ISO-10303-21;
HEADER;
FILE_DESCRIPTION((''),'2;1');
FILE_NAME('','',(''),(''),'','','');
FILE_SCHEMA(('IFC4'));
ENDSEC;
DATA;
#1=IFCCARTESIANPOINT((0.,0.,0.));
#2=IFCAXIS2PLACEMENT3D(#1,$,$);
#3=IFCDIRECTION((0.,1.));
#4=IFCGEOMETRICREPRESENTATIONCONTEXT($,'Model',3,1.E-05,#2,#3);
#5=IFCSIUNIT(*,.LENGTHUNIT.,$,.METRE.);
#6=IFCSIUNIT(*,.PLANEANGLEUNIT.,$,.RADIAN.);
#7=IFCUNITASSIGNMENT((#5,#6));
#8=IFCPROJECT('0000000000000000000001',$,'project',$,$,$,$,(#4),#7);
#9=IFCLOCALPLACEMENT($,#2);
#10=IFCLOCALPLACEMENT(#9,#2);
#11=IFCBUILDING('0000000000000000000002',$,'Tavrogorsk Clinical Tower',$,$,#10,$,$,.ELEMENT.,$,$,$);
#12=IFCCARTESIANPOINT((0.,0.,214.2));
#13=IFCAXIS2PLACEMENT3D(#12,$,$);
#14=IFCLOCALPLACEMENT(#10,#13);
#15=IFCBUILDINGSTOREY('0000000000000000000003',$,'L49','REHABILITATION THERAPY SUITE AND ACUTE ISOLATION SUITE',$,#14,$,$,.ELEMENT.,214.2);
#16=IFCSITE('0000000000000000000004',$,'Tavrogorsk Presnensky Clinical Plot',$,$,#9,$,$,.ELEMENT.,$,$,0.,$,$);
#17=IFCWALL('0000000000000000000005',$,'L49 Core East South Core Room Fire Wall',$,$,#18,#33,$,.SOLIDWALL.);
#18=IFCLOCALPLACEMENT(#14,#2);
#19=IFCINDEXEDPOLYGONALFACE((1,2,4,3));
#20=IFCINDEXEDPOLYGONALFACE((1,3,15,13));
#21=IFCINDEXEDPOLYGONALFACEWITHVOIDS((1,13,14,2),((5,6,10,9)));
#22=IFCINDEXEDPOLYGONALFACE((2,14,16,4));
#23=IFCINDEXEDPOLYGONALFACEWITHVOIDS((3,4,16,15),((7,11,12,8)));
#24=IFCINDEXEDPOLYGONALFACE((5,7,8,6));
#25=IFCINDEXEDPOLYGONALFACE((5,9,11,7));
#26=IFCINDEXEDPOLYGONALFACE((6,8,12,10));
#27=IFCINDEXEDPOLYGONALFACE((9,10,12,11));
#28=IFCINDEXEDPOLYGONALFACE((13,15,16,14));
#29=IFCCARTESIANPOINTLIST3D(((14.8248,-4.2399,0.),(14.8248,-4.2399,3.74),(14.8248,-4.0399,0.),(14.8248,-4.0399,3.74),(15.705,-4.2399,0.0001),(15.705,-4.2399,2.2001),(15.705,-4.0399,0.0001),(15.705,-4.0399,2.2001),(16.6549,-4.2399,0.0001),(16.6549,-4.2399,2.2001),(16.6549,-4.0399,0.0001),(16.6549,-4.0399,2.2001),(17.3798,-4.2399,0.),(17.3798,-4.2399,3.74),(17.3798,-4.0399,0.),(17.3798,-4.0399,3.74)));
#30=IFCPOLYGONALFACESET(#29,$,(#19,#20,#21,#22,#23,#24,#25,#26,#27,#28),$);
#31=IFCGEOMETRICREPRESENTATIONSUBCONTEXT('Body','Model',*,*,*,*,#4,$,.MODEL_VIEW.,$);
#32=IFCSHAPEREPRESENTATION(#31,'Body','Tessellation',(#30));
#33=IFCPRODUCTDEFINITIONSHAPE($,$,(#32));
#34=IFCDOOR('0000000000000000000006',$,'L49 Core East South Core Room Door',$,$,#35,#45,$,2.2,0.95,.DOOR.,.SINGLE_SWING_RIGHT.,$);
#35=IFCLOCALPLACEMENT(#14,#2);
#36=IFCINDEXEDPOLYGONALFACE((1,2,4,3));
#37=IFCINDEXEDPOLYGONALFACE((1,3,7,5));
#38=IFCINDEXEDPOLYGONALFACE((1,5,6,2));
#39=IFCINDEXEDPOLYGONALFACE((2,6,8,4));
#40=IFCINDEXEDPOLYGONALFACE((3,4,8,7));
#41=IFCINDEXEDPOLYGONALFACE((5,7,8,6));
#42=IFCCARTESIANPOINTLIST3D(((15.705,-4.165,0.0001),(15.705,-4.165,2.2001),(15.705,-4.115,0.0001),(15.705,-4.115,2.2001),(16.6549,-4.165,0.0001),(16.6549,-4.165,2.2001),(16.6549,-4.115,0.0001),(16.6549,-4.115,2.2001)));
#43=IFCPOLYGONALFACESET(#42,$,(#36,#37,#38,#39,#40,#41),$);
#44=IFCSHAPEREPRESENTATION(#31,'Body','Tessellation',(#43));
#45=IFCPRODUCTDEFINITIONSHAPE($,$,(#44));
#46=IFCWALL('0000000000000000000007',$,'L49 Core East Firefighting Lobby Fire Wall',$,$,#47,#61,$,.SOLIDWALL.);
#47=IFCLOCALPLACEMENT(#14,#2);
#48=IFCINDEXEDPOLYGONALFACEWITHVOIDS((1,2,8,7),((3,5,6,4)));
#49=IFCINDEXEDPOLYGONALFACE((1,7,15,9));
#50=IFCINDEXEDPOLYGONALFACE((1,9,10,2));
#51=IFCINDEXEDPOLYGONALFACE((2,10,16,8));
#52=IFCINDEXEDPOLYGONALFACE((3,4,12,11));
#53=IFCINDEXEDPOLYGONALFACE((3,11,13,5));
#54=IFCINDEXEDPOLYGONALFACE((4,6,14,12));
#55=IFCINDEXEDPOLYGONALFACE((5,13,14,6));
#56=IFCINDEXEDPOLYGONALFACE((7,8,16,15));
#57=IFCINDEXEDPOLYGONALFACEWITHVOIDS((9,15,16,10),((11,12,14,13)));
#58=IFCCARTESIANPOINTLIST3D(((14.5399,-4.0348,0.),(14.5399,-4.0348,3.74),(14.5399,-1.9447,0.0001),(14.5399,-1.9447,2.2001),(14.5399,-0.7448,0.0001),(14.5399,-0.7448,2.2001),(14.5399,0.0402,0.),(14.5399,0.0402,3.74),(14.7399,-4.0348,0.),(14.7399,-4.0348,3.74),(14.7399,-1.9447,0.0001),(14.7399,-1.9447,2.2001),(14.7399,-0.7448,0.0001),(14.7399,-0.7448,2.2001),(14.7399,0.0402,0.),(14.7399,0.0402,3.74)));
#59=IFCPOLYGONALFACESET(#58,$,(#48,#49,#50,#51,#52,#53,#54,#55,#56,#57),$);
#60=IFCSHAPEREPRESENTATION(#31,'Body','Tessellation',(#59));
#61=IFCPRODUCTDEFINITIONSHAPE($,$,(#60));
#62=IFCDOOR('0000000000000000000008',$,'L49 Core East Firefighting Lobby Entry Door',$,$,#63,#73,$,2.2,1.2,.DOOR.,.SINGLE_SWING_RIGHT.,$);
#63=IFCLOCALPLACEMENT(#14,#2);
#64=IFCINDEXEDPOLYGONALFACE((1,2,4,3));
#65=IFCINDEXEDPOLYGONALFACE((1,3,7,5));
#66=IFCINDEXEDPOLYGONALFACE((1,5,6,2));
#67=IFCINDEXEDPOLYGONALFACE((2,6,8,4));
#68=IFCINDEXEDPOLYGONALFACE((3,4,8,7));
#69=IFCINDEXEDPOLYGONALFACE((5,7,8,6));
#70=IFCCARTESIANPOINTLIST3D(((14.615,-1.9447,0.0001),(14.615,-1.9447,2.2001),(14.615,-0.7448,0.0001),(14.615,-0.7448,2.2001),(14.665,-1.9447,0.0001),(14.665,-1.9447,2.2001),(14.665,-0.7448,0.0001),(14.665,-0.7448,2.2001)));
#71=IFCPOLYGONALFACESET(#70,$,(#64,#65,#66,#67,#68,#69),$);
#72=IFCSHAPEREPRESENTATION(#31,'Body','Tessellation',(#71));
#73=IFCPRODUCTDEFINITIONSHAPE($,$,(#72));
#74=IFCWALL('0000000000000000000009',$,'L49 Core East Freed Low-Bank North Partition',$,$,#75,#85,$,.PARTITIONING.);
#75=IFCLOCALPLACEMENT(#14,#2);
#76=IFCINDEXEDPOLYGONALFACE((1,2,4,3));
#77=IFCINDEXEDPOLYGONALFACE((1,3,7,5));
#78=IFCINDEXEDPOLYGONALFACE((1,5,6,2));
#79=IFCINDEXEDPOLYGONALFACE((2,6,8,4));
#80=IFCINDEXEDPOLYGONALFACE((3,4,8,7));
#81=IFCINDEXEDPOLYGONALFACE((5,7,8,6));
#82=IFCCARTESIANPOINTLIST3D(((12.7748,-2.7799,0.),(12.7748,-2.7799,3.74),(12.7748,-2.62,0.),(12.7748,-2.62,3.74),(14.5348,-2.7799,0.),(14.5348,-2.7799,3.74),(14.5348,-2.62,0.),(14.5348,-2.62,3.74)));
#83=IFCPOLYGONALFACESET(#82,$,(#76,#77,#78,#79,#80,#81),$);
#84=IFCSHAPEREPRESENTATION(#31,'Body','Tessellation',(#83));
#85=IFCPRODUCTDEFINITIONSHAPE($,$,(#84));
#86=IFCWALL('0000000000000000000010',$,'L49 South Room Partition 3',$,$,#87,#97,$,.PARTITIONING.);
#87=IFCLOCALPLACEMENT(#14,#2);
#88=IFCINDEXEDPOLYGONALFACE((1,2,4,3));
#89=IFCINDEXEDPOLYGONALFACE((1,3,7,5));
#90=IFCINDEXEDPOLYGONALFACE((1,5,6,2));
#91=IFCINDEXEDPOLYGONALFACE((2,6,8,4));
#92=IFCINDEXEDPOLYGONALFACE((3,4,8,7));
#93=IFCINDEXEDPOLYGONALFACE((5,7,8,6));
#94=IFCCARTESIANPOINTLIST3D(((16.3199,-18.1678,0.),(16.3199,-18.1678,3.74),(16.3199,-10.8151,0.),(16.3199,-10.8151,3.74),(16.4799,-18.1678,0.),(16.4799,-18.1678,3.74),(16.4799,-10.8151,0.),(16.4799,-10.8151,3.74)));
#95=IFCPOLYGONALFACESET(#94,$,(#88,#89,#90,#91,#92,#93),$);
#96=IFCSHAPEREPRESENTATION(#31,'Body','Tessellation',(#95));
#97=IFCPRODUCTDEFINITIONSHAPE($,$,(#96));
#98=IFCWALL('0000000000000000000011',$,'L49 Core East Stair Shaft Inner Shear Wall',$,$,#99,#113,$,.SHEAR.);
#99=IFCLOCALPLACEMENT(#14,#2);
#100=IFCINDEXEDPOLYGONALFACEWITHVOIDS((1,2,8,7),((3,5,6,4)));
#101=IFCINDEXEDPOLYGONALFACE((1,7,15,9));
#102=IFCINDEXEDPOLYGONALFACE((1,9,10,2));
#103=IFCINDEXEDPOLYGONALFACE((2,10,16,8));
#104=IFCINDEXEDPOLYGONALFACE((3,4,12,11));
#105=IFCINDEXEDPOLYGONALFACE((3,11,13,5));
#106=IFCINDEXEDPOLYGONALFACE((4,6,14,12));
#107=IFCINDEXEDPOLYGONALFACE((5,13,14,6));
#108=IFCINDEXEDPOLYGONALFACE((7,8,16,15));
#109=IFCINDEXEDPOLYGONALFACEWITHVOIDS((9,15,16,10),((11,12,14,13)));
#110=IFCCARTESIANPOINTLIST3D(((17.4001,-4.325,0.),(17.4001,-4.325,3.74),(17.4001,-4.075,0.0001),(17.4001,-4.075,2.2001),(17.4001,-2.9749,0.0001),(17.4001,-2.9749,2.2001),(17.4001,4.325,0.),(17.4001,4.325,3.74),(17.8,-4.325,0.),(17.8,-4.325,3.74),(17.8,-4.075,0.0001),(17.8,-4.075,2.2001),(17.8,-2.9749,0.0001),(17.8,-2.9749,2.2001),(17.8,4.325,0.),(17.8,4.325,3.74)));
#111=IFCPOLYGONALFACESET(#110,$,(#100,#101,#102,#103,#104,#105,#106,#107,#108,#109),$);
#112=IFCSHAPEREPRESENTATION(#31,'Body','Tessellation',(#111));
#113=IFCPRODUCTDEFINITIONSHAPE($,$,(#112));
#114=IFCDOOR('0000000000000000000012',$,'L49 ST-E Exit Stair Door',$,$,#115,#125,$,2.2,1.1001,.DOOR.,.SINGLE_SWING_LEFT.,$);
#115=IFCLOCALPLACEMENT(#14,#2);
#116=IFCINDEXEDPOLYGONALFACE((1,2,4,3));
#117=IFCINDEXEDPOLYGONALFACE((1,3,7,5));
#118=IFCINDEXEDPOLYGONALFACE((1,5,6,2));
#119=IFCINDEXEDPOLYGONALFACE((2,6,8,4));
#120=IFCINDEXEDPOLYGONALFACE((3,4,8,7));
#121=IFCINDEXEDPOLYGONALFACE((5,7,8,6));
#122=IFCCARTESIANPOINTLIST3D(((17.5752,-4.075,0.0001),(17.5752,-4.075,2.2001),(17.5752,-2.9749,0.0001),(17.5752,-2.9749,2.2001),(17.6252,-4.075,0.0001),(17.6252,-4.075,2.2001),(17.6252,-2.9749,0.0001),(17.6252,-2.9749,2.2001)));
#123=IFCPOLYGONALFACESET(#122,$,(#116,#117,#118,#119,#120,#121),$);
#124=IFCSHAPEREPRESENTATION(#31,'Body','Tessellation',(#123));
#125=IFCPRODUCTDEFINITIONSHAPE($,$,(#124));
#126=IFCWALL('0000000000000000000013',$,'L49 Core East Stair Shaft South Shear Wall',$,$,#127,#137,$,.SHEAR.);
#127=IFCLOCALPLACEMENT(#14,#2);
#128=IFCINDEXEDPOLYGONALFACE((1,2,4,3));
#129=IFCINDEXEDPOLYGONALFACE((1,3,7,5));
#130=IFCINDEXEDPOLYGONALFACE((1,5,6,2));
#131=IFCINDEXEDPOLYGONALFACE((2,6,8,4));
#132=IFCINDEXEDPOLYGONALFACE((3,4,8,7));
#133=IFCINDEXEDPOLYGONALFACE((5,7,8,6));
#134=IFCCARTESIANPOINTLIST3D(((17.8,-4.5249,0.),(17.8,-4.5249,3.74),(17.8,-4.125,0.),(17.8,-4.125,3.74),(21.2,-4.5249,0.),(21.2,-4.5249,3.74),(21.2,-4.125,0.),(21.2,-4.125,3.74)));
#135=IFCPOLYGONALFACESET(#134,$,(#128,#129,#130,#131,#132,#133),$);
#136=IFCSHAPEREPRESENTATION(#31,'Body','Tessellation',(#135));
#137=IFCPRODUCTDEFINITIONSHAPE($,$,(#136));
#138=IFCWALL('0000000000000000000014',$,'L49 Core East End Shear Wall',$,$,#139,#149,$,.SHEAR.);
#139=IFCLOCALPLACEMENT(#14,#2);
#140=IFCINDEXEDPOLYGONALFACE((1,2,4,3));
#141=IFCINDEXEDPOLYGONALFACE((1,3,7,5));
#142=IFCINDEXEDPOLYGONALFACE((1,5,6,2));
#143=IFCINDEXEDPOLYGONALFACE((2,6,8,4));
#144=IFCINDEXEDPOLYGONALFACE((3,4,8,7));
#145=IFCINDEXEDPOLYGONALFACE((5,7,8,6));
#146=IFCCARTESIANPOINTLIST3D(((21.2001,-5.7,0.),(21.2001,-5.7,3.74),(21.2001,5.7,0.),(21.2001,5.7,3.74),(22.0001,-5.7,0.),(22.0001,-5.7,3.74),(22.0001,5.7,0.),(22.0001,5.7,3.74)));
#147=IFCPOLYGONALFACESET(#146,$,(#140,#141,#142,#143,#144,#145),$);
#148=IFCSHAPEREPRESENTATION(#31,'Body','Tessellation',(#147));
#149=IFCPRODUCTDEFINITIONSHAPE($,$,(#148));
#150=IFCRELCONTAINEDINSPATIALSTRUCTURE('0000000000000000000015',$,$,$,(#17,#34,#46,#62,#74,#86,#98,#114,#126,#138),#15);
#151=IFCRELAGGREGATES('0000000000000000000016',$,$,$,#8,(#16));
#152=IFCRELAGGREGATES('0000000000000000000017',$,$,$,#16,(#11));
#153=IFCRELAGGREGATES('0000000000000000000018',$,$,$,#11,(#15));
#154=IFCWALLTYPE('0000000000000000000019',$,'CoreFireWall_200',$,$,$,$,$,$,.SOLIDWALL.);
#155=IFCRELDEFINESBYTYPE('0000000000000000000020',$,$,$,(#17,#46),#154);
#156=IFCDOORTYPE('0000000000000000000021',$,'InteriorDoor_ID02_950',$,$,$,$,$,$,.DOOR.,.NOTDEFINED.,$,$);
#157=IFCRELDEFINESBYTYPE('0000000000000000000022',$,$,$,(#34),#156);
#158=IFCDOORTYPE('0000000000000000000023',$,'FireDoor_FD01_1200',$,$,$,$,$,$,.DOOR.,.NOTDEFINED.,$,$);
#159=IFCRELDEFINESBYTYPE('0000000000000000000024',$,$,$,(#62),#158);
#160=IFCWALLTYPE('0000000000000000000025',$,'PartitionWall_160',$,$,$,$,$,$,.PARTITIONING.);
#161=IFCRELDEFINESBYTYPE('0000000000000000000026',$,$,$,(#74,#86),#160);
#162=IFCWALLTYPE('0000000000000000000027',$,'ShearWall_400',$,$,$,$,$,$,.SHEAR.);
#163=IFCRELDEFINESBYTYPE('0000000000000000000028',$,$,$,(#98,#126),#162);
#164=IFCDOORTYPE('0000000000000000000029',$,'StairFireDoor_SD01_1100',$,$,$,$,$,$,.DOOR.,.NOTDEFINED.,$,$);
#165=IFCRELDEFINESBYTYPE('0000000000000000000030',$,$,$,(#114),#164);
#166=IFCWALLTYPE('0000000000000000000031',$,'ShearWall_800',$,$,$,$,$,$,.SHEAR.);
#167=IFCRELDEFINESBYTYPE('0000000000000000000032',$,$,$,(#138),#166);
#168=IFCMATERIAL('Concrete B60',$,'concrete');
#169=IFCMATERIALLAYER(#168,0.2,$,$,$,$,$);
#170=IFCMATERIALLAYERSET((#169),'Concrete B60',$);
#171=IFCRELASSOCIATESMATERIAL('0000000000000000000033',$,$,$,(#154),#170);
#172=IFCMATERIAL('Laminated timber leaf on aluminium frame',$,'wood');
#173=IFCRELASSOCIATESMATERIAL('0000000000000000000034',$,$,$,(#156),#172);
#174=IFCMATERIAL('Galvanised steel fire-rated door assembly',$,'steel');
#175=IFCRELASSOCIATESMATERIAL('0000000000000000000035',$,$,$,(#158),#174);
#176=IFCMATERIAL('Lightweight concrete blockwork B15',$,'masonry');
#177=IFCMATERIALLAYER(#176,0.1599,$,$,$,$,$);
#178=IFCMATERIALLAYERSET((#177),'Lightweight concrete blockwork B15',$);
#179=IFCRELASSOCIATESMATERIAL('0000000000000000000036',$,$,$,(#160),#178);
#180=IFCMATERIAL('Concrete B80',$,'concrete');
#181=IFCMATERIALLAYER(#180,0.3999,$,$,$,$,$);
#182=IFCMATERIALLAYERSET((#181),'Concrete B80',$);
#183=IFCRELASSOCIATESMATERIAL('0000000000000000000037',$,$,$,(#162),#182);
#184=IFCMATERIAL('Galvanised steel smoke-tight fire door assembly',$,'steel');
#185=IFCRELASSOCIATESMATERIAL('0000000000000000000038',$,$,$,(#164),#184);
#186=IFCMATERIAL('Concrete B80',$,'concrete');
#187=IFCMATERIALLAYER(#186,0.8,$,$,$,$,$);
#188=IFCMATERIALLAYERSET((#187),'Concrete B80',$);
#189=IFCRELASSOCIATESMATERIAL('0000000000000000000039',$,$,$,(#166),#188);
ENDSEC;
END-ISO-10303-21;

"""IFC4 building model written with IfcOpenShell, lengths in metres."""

from ifc_helpers import new_model, si_unit, direction, frame, frame_2d, origin, place, context, subcontext, project, spatial, rectangle, extrude, material, layer, layer_set, type_object, element, fill, save


model = new_model("IFC4")

# Units and contexts
model_context = context("Model", 3, precision=1e-05, world=origin(), true_north=direction((0.0, 1.0)))
body_context = subcontext(model_context, "Body", "Model", "MODEL_VIEW")
ifc_project = project(units=[si_unit("LENGTHUNIT", "METRE"), si_unit("PLANEANGLEUNIT", "RADIAN")], contexts=[model_context])

# Site, building, storey
site_placement = place(None, origin())
site = spatial("IfcSite", under=ifc_project, at=site_placement, Name="Tavrogorsk Presnensky Clinical Plot", CompositionType="ELEMENT", RefElevation=0.0)
building_placement = place(site_placement, origin())
building = spatial("IfcBuilding", under=site, at=building_placement, Name="Tavrogorsk Clinical Tower", CompositionType="ELEMENT")
storey_placement = place(building_placement, frame((0.0, 0.0, 214.2)))
storey = spatial("IfcBuildingStorey", under=building, at=storey_placement, Name="L49", Description="REHABILITATION THERAPY SUITE AND ACUTE ISOLATION SUITE", CompositionType="ELEMENT", Elevation=214.2)

# Walls, openings, doors
ifc_material_1 = material(Name="Concrete B60", Category="concrete")
ifc_layer_1 = layer(ifc_material_1, 0.2)
ifc_layer_set_1 = layer_set([ifc_layer_1], Name="Concrete B60")
wall_type_1 = type_object("IfcWallType", Name="CoreFireWall_200", PredefinedType="SOLIDWALL", material=ifc_layer_set_1)
wall_1_placement = place(storey_placement, frame((14.825, -4.1399, 0.0), z_axis=(0.0, 0.0, 1.0), x_axis=(1.0, 0.0, 0.0)))
wall_1 = element("IfcWall", 1, at=wall_1_placement, inside=storey, type_object=wall_type_1, Name="L49 Core East South Core Room Fire Wall", PredefinedType="SOLIDWALL", context=body_context, shape_type="SweptSolid", body=[
    extrude(rectangle(XDim=2.5549, YDim=0.2, at=frame_2d((1.2773, 0.0))), origin(), (0.0, 0.0, 1.0), 3.74),
])
opening_1_placement = place(wall_1_placement, frame((0.8799, 0.0, 0.0)))
opening_1 = element("IfcOpeningElement", 2, at=opening_1_placement, cuts=wall_1, PredefinedType="OPENING", context=body_context, shape_type="SweptSolid", body=[
    extrude(rectangle(XDim=0.95, YDim=2.2, at=frame_2d((0.4751, 1.1001))), frame((0.0, 0.1099, 0.0), z_axis=(0.0, -1.0, 0.0), x_axis=(1.0, 0.0, 0.0)), (0.0, 0.0, 1.0), 0.22),
])
ifc_material_2 = material(Name="Laminated timber leaf on aluminium frame", Category="wood")
door_type_1 = type_object("IfcDoorType", Name="InteriorDoor_ID02_950", OperationType="NOTDEFINED", PredefinedType="DOOR", material=ifc_material_2)
door_1_placement = place(opening_1_placement, origin())
door_1 = element("IfcDoor", 3, at=door_1_placement, inside=storey, type_object=door_type_1, Name="L49 Core East South Core Room Door", OperationType="SINGLE_SWING_RIGHT", OverallHeight=2.2, OverallWidth=0.95, PredefinedType="DOOR", context=body_context, shape_type="SweptSolid", body=[
    extrude(rectangle(XDim=0.95, YDim=2.2, at=frame_2d((0.4751, 1.1001))), frame((0.0, 0.0249, 0.0), z_axis=(0.0, -1.0, 0.0), x_axis=(1.0, 0.0, 0.0)), (0.0, 0.0, 1.0), 0.05),
])
fill(opening_1, door_1)
wall_2_placement = place(storey_placement, frame((14.6399, -4.0349, 0.0), z_axis=(0.0, 0.0, 1.0), x_axis=(0.0, 1.0, 0.0)))
wall_2 = element("IfcWall", 4, at=wall_2_placement, inside=storey, type_object=wall_type_1, Name="L49 Core East Firefighting Lobby Fire Wall", PredefinedType="SOLIDWALL", context=body_context, shape_type="SweptSolid", body=[
    extrude(rectangle(XDim=4.075, YDim=0.2, at=frame_2d((2.0376, 0.0))), origin(), (0.0, 0.0, 1.0), 3.74),
])
opening_2_placement = place(wall_2_placement, frame((2.0901, 0.0, 0.0)))
opening_2 = element("IfcOpeningElement", 5, at=opening_2_placement, cuts=wall_2, PredefinedType="OPENING", context=body_context, shape_type="SweptSolid", body=[
    extrude(rectangle(XDim=1.2, YDim=2.2, at=frame_2d((0.6001, 1.1001))), frame((0.0, 0.1099, 0.0), z_axis=(0.0, -1.0, 0.0), x_axis=(1.0, 0.0, 0.0)), (0.0, 0.0, 1.0), 0.22),
])
ifc_material_3 = material(Name="Galvanised steel fire-rated door assembly", Category="steel")
door_type_2 = type_object("IfcDoorType", Name="FireDoor_FD01_1200", OperationType="NOTDEFINED", PredefinedType="DOOR", material=ifc_material_3)
door_2_placement = place(opening_2_placement, origin())
door_2 = element("IfcDoor", 6, at=door_2_placement, inside=storey, type_object=door_type_2, Name="L49 Core East Firefighting Lobby Entry Door", OperationType="SINGLE_SWING_RIGHT", OverallHeight=2.2, OverallWidth=1.2, PredefinedType="DOOR", context=body_context, shape_type="SweptSolid", body=[
    extrude(rectangle(XDim=1.2, YDim=2.2, at=frame_2d((0.6001, 1.1001))), frame((0.0, 0.0249, 0.0), z_axis=(0.0, -1.0, 0.0), x_axis=(1.0, 0.0, 0.0)), (0.0, 0.0, 1.0), 0.05),
])
fill(opening_2, door_2)

# Walls
ifc_material_4 = material(Name="Lightweight concrete blockwork B15", Category="masonry")
ifc_layer_2 = layer(ifc_material_4, 0.1599)
ifc_layer_set_2 = layer_set([ifc_layer_2], Name="Lightweight concrete blockwork B15")
wall_type_2 = type_object("IfcWallType", Name="PartitionWall_160", PredefinedType="PARTITIONING", material=ifc_layer_set_2)
wall_3_placement = place(storey_placement, frame((12.7749, -2.7, 0.0), z_axis=(0.0, 0.0, 1.0), x_axis=(1.0, 0.0, 0.0)))
element("IfcWall", 7, at=wall_3_placement, inside=storey, type_object=wall_type_2, Name="L49 Core East Freed Low-Bank North Partition", PredefinedType="PARTITIONING", context=body_context, shape_type="SweptSolid", body=[
    extrude(rectangle(XDim=1.76, YDim=0.1599, at=frame_2d((0.8799, 0.0))), origin(), (0.0, 0.0, 1.0), 3.74),
])
wall_4_placement = place(storey_placement, frame((16.3999, -18.1677, 0.0), z_axis=(0.0, 0.0, 1.0), x_axis=(0.0, 1.0, 0.0)))
element("IfcWall", 8, at=wall_4_placement, inside=storey, type_object=wall_type_2, Name="L49 South Room Partition 3", PredefinedType="PARTITIONING", context=body_context, shape_type="SweptSolid", body=[
    extrude(rectangle(XDim=7.3528, YDim=0.1599, at=frame_2d((3.6763, 0.0))), origin(), (0.0, 0.0, 1.0), 3.74),
])

# Wall, opening, door
ifc_material_5 = material(Name="Concrete B80", Category="concrete")
ifc_layer_3 = layer(ifc_material_5, 0.3999)
ifc_layer_set_3 = layer_set([ifc_layer_3], Name="Concrete B80")
wall_type_3 = type_object("IfcWallType", Name="ShearWall_400", PredefinedType="SHEAR", material=ifc_layer_set_3)
wall_5_placement = place(storey_placement, frame((17.6001, -4.325, 0.0), z_axis=(0.0, 0.0, 1.0), x_axis=(0.0, 1.0, 0.0)))
wall_5 = element("IfcWall", 9, at=wall_5_placement, inside=storey, type_object=wall_type_3, Name="L49 Core East Stair Shaft Inner Shear Wall", PredefinedType="SHEAR", context=body_context, shape_type="SweptSolid", body=[
    extrude(rectangle(XDim=8.6499, YDim=0.3999, at=frame_2d((4.325, 0.0))), origin(), (0.0, 0.0, 1.0), 3.74),
])
opening_3_placement = place(wall_5_placement, frame((0.25, 0.0, 0.0)))
opening_3 = element("IfcOpeningElement", 10, at=opening_3_placement, cuts=wall_5, PredefinedType="OPENING", context=body_context, shape_type="SweptSolid", body=[
    extrude(rectangle(XDim=1.1001, YDim=2.2, at=frame_2d((0.55, 1.1001))), frame((0.0, 0.21, 0.0), z_axis=(0.0, -1.0, 0.0), x_axis=(1.0, 0.0, 0.0)), (0.0, 0.0, 1.0), 0.4199),
])
ifc_material_6 = material(Name="Galvanised steel smoke-tight fire door assembly", Category="steel")
door_type_3 = type_object("IfcDoorType", Name="StairFireDoor_SD01_1100", OperationType="NOTDEFINED", PredefinedType="DOOR", material=ifc_material_6)
door_3_placement = place(opening_3_placement, origin())
door_3 = element("IfcDoor", 11, at=door_3_placement, inside=storey, type_object=door_type_3, Name="L49 ST-E Exit Stair Door", OperationType="SINGLE_SWING_LEFT", OverallHeight=2.2, OverallWidth=1.1001, PredefinedType="DOOR", context=body_context, shape_type="SweptSolid", body=[
    extrude(rectangle(XDim=1.1001, YDim=2.2, at=frame_2d((0.55, 1.1001))), frame((0.0, 0.0249, 0.0), z_axis=(0.0, -1.0, 0.0), x_axis=(1.0, 0.0, 0.0)), (0.0, 0.0, 1.0), 0.05),
])
fill(opening_3, door_3)

# Walls
wall_6_placement = place(storey_placement, frame((17.8, -4.325, 0.0), z_axis=(0.0, 0.0, 1.0), x_axis=(1.0, 0.0, 0.0)))
element("IfcWall", 12, at=wall_6_placement, inside=storey, type_object=wall_type_3, Name="L49 Core East Stair Shaft South Shear Wall", PredefinedType="SHEAR", context=body_context, shape_type="SweptSolid", body=[
    extrude(rectangle(XDim=3.3999, YDim=0.3999, at=frame_2d((1.7, 0.0))), origin(), (0.0, 0.0, 1.0), 3.74),
])
ifc_material_7 = material(Name="Concrete B80", Category="concrete")
ifc_layer_4 = layer(ifc_material_7, 0.8)
ifc_layer_set_4 = layer_set([ifc_layer_4], Name="Concrete B80")
wall_type_4 = type_object("IfcWallType", Name="ShearWall_800", PredefinedType="SHEAR", material=ifc_layer_set_4)
wall_7_placement = place(storey_placement, frame((21.6001, -5.7, 0.0), z_axis=(0.0, 0.0, 1.0), x_axis=(0.0, 1.0, 0.0)))
element("IfcWall", 13, at=wall_7_placement, inside=storey, type_object=wall_type_4, Name="L49 Core East End Shear Wall", PredefinedType="SHEAR", context=body_context, shape_type="SweptSolid", body=[
    extrude(rectangle(XDim=11.3999, YDim=0.8, at=frame_2d((5.7, 0.0))), origin(), (0.0, 0.0, 1.0), 3.74),
])

save(model, "model.ifc")
